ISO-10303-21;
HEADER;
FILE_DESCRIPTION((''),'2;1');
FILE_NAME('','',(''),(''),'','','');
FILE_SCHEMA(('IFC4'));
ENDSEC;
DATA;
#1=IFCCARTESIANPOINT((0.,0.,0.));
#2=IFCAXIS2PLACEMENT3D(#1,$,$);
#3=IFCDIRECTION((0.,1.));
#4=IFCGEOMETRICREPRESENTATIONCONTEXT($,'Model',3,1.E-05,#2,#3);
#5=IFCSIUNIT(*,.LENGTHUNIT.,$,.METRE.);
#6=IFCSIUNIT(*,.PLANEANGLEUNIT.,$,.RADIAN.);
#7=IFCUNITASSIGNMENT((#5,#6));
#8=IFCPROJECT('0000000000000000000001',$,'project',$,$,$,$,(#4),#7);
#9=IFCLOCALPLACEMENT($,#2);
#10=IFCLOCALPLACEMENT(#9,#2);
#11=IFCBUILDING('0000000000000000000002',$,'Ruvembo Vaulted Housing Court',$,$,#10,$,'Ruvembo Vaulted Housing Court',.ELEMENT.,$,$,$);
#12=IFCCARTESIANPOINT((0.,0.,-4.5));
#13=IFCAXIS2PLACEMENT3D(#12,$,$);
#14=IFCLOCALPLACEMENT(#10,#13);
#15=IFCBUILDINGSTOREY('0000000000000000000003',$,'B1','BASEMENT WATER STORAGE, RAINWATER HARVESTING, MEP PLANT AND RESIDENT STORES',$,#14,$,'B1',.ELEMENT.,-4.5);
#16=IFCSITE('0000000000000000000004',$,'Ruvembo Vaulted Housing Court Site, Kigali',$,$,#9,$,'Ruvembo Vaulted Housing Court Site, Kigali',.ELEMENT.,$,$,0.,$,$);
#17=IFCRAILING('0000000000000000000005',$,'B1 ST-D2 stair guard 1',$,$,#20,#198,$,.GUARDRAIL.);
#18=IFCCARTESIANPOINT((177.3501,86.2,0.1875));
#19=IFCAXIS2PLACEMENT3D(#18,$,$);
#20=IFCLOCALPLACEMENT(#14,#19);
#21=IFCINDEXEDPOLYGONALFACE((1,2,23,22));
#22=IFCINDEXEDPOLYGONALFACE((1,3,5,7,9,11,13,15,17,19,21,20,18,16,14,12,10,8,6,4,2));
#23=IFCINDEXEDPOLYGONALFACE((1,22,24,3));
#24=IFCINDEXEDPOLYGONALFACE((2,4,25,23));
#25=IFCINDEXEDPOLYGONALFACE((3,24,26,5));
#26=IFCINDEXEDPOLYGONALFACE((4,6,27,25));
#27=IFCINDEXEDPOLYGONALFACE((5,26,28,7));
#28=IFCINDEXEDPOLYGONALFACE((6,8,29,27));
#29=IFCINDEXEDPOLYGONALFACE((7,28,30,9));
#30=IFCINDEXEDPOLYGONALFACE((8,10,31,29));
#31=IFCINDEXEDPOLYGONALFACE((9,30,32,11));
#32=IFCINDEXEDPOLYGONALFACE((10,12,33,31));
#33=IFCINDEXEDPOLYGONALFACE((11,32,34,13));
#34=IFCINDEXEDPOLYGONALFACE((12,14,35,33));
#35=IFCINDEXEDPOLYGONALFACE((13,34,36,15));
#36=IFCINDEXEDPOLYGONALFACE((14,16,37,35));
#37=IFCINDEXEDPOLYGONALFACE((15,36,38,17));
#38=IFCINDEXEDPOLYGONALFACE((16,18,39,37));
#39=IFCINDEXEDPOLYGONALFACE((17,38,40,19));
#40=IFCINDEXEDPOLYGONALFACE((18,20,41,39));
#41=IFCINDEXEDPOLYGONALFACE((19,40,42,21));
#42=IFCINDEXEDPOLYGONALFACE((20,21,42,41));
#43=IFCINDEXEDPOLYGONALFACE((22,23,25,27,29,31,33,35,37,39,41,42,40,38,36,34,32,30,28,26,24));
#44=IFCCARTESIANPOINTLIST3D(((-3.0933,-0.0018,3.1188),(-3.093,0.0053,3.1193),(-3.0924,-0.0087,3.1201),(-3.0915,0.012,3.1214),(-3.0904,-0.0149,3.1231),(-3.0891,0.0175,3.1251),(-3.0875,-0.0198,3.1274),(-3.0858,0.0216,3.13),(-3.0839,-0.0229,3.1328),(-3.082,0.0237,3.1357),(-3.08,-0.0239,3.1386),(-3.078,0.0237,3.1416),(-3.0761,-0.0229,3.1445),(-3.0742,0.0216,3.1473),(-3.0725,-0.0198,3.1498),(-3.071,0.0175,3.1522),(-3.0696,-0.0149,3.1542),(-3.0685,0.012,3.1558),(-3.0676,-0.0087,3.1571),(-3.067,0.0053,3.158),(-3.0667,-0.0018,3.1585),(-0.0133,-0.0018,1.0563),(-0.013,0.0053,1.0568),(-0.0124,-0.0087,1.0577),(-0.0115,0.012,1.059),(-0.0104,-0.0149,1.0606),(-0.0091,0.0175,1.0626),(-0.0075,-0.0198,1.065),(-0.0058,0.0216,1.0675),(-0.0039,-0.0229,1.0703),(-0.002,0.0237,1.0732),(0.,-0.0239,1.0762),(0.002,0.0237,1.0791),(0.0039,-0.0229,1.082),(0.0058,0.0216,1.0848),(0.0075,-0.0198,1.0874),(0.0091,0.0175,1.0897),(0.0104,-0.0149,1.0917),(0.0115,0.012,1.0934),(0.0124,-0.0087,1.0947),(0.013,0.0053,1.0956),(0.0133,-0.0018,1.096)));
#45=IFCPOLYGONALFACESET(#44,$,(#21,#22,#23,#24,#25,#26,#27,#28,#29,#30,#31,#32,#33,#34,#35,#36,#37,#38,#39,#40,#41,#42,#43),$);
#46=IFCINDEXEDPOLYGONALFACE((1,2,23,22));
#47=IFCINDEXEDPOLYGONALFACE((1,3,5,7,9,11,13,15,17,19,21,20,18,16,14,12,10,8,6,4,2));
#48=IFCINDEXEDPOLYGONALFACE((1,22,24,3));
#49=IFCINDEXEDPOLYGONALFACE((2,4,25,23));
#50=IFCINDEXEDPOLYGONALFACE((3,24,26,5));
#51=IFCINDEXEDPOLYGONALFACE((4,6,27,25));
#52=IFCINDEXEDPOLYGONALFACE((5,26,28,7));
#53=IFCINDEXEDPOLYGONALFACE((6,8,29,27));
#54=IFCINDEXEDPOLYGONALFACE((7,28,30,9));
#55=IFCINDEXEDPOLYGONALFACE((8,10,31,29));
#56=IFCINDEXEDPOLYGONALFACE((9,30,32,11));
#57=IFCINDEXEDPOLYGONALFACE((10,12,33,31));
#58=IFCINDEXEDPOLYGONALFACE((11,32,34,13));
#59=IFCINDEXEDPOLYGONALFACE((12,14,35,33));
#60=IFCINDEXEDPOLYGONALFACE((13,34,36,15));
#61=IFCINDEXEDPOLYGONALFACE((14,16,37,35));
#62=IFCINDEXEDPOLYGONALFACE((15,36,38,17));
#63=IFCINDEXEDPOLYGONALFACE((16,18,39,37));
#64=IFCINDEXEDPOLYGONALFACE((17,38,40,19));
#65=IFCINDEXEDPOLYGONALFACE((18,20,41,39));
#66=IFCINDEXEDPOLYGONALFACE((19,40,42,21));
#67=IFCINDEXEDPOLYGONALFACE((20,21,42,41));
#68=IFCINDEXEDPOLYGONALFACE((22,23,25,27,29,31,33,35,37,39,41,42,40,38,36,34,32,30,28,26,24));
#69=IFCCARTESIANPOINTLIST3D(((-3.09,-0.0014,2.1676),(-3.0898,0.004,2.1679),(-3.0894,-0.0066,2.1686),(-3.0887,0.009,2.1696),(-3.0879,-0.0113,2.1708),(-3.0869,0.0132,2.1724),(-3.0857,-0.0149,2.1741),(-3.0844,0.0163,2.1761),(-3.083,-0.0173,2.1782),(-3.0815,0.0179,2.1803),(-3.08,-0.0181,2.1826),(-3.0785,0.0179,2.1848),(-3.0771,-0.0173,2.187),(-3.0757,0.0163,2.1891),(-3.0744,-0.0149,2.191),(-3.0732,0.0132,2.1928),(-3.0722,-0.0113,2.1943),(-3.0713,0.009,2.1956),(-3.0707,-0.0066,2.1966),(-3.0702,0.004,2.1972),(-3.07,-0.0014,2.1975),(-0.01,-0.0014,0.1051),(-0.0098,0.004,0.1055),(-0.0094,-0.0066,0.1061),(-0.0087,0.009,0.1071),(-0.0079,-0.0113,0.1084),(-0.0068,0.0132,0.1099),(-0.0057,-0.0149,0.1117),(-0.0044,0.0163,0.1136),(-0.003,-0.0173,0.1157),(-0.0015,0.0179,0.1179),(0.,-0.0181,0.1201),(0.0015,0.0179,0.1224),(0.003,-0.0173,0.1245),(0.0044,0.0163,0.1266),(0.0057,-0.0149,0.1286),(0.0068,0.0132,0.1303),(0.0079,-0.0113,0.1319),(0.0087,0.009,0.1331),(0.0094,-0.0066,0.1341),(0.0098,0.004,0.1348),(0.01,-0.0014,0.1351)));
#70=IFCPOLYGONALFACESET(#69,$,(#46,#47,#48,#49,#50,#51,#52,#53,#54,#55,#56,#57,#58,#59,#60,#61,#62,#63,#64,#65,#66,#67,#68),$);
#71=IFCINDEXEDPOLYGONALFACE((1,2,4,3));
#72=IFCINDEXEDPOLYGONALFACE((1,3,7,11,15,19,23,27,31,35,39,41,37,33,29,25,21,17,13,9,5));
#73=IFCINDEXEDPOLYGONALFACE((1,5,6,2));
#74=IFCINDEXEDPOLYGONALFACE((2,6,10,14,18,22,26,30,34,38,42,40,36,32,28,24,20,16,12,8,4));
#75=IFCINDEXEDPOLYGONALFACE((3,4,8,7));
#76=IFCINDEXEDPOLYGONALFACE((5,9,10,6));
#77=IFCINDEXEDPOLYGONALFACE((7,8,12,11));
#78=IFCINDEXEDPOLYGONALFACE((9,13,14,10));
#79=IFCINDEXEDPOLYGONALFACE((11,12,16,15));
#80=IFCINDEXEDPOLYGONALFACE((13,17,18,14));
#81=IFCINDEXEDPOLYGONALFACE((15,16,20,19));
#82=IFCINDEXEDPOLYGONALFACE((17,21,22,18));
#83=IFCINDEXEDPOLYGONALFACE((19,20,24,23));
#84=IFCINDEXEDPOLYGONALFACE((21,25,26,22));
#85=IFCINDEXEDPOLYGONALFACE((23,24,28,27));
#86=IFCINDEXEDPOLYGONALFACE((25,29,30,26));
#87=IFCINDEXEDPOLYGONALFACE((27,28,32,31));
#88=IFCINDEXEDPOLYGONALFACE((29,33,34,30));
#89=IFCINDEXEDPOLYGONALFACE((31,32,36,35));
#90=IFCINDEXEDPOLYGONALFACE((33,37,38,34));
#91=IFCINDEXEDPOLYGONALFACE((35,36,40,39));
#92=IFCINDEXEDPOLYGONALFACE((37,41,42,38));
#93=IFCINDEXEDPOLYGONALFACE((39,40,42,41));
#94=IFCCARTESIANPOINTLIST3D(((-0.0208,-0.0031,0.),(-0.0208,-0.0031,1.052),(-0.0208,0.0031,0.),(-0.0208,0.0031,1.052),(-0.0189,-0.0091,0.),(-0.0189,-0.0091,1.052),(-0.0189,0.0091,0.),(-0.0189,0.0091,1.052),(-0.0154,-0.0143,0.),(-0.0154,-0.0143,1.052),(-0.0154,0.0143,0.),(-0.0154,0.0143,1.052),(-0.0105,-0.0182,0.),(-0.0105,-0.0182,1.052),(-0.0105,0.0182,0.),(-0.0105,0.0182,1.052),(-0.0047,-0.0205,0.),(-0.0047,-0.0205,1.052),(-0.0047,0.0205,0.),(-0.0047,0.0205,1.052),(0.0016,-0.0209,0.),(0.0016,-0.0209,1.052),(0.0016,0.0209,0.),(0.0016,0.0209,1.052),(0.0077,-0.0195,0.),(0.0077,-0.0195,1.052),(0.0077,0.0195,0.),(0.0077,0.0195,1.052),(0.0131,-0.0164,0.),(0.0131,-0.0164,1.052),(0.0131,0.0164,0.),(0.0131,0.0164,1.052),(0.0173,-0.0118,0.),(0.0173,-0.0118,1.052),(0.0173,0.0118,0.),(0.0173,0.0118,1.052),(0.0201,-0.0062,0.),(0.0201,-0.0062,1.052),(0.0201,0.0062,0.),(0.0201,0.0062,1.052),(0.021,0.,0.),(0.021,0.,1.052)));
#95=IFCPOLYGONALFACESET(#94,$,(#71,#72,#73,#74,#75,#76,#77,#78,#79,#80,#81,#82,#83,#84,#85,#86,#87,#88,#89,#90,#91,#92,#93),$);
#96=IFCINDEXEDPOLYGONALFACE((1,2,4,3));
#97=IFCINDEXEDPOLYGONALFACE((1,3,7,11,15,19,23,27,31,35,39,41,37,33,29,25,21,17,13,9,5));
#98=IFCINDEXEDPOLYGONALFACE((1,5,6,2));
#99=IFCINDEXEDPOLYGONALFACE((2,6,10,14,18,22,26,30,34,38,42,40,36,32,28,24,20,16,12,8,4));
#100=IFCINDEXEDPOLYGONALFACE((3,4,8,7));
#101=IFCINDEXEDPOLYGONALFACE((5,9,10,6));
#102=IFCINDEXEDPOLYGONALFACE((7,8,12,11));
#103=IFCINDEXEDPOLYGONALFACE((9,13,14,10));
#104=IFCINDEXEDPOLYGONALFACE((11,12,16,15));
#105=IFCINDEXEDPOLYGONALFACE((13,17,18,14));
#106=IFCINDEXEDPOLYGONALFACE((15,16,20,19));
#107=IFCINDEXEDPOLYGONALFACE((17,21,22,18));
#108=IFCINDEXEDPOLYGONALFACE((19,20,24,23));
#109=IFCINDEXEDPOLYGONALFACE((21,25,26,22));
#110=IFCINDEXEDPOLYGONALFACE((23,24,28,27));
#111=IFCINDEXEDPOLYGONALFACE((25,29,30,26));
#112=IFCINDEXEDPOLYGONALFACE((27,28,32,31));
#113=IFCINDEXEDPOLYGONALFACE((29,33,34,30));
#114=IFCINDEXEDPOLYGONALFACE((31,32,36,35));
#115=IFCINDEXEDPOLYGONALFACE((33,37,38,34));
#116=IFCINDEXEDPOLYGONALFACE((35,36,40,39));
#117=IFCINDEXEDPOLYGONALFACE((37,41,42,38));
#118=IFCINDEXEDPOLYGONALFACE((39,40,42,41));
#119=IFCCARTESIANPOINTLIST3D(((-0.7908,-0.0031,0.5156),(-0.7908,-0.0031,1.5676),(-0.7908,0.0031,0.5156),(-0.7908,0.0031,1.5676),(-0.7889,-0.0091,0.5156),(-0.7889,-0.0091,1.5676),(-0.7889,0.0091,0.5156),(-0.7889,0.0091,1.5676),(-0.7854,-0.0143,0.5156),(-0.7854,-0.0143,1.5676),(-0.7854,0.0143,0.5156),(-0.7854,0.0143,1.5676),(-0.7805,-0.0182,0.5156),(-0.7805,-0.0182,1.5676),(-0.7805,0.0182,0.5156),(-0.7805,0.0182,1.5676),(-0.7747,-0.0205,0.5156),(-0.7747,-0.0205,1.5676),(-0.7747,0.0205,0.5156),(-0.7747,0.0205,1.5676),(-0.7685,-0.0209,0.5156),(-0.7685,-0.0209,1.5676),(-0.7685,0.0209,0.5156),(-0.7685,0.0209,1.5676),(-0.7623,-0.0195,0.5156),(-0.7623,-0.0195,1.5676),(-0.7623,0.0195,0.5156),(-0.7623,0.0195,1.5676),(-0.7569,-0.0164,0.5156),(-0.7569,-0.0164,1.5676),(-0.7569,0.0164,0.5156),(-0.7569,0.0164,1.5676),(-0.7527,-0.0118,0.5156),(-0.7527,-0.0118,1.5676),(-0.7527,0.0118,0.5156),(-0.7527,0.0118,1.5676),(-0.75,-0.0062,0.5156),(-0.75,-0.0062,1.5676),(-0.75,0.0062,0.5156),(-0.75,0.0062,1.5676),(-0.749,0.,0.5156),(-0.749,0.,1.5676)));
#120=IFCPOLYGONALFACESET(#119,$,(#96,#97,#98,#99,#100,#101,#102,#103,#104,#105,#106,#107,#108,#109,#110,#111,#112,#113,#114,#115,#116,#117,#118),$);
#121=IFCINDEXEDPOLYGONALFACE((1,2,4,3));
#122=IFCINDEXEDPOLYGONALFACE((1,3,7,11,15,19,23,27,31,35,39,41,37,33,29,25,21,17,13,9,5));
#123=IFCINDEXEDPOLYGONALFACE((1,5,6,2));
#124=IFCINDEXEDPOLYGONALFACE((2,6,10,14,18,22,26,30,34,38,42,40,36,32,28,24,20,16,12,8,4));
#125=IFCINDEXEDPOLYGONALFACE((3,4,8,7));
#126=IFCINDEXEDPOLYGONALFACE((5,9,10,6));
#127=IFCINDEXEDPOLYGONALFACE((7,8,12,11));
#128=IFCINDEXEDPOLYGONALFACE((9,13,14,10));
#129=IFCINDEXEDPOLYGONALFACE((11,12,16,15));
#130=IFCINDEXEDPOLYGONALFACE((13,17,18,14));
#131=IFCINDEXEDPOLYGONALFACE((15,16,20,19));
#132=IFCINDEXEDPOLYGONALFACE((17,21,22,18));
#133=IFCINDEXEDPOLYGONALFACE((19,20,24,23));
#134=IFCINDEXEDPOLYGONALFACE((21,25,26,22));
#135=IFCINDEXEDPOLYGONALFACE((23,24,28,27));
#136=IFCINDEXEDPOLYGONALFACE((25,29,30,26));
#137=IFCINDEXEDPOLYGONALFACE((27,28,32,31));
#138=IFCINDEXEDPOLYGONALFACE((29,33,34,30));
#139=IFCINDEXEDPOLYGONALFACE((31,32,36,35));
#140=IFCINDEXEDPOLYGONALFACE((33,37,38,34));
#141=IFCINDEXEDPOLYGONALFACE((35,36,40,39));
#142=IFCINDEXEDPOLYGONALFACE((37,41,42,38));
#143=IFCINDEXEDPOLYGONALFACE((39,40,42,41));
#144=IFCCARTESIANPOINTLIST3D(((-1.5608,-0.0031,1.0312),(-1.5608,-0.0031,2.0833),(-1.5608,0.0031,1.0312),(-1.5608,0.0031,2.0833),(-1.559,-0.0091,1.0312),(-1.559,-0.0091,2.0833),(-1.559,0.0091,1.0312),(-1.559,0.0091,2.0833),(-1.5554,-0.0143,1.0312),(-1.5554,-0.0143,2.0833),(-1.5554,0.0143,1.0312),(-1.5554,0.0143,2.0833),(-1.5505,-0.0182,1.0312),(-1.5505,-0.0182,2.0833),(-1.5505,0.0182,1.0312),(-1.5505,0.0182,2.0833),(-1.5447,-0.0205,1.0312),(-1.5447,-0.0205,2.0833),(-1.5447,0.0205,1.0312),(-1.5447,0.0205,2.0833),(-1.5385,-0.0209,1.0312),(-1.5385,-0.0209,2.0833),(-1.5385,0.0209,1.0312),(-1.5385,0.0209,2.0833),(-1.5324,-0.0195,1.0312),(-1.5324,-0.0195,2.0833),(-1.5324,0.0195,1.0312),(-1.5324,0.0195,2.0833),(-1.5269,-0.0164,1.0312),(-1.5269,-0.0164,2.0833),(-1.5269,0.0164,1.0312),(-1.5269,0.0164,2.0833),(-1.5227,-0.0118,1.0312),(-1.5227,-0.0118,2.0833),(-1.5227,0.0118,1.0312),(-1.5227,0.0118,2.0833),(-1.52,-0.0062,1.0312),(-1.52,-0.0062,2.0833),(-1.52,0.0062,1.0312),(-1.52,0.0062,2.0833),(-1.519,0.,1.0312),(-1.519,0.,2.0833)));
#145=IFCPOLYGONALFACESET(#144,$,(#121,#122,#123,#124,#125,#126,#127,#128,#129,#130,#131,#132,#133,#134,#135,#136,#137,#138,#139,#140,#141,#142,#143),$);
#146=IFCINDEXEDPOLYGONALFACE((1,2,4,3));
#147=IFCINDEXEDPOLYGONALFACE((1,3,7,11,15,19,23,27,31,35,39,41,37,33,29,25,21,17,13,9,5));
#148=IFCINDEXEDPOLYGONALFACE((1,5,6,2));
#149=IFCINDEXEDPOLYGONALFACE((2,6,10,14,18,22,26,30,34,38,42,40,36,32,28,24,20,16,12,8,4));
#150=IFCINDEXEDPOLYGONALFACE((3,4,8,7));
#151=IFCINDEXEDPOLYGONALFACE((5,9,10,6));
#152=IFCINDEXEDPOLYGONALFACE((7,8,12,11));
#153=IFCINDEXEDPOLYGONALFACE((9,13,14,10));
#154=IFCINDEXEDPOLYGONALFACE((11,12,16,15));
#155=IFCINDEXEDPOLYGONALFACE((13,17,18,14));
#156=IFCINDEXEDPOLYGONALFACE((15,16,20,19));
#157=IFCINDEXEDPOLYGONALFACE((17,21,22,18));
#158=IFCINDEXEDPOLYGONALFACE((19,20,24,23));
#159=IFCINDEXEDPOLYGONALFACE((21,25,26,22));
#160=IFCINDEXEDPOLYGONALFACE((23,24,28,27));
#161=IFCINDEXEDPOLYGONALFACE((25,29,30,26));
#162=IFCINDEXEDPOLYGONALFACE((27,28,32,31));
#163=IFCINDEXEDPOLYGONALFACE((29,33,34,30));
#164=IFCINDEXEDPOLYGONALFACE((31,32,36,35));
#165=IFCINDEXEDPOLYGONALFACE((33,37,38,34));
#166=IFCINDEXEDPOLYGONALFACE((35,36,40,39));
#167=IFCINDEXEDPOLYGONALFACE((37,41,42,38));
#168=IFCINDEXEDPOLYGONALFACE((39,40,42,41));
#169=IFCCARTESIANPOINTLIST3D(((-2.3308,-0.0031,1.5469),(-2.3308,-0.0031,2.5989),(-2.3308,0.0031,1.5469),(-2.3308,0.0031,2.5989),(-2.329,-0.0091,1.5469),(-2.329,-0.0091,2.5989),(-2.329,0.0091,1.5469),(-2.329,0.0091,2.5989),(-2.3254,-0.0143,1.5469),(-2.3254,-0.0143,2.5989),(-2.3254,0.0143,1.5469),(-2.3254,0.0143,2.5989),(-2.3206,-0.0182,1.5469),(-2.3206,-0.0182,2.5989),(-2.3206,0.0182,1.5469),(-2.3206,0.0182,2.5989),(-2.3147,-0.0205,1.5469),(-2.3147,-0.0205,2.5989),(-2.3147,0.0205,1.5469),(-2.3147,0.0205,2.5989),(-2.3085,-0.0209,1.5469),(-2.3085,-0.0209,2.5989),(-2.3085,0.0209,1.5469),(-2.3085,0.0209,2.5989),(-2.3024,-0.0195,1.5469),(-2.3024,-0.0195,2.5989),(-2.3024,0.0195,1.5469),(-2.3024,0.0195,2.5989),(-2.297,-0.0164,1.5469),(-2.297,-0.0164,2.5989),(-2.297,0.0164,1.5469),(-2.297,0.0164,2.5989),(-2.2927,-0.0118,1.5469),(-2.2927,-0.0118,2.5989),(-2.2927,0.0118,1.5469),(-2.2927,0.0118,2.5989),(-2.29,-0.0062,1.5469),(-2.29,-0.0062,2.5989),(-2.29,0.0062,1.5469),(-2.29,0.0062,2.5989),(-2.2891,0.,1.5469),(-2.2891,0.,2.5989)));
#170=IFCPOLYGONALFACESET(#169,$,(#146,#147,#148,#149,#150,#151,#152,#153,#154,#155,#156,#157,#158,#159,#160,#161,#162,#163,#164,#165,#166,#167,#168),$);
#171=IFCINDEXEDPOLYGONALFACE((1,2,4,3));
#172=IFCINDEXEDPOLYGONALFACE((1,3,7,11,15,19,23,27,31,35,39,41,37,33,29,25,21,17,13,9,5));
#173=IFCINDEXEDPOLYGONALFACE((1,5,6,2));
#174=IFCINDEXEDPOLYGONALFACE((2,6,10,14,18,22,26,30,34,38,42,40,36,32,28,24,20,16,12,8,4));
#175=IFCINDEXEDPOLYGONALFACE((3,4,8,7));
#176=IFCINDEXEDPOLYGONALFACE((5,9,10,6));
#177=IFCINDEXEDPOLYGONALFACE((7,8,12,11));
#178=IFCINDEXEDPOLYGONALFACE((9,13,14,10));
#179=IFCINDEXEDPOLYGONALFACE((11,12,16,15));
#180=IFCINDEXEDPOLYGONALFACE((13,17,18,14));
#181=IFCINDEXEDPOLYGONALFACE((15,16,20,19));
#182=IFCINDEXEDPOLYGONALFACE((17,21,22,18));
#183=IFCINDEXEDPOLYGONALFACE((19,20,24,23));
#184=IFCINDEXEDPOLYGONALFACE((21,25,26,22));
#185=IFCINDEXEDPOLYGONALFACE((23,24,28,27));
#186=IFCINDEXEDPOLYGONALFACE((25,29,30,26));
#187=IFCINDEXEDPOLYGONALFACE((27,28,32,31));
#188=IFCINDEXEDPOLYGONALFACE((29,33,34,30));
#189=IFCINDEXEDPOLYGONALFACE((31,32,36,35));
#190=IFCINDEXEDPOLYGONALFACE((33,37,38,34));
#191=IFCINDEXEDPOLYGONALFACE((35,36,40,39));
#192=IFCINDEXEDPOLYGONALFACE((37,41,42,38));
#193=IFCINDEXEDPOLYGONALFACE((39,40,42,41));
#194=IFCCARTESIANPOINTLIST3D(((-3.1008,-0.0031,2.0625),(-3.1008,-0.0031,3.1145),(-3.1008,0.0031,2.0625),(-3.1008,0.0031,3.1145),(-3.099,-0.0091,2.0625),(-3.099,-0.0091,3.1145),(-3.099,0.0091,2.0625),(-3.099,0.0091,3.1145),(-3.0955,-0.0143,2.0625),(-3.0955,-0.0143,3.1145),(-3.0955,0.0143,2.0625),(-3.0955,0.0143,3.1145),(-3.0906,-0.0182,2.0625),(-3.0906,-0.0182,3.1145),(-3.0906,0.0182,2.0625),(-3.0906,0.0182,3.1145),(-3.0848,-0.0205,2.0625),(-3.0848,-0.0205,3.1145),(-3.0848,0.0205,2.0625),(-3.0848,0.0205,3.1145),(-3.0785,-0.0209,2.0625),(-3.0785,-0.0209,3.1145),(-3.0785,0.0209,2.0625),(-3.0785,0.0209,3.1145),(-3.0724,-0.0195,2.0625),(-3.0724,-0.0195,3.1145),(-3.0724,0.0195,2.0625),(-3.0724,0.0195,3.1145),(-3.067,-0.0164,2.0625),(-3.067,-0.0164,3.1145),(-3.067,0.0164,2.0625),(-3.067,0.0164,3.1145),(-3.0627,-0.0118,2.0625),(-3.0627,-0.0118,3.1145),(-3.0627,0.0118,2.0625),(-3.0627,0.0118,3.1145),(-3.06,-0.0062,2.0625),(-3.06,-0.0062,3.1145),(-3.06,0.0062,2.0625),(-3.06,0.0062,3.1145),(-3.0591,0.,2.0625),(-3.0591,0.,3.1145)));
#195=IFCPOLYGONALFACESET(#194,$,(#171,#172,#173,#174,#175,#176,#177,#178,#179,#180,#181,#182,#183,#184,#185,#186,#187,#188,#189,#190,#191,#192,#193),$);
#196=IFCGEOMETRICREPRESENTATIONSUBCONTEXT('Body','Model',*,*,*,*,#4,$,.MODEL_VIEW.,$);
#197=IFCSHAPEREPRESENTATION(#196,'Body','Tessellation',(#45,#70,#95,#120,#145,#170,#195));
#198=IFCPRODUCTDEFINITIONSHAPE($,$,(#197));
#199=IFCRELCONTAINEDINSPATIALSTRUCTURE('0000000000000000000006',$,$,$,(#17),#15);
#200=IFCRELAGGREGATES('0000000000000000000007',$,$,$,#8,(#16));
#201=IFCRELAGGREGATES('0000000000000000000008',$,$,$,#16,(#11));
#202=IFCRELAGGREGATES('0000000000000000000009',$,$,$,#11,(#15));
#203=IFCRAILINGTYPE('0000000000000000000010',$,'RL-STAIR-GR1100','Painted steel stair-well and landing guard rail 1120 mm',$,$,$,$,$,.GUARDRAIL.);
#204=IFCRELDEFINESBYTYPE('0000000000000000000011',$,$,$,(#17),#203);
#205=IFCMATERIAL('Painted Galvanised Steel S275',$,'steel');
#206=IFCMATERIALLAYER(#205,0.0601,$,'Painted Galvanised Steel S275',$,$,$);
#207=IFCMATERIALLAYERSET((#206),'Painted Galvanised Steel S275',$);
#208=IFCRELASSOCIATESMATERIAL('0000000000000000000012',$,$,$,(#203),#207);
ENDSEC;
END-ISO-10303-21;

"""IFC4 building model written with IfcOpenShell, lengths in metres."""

from ifc_helpers import new_model, si_unit, direction, frame, origin, origin_2d, place, context, subcontext, project, spatial, circle, extrude, material, layer, layer_set, type_object, element, save


model = new_model("IFC4")

# Units and contexts
model_context = context("Model", 3, precision=1e-05, world=origin(), true_north=direction((0.0, 1.0)))
body_context = subcontext(model_context, "Body", "Model", "MODEL_VIEW")
ifc_project = project(units=[si_unit("LENGTHUNIT", "METRE"), si_unit("PLANEANGLEUNIT", "RADIAN")], contexts=[model_context])

# Site, building, storey
site_placement = place(None, origin())
site = spatial("IfcSite", under=ifc_project, at=site_placement, Name="Ruvembo Vaulted Housing Court Site, Kigali", LongName="Ruvembo Vaulted Housing Court Site, Kigali", CompositionType="ELEMENT", RefElevation=0.0)
building_placement = place(site_placement, origin())
building = spatial("IfcBuilding", under=site, at=building_placement, Name="Ruvembo Vaulted Housing Court", LongName="Ruvembo Vaulted Housing Court", CompositionType="ELEMENT")
storey_placement = place(building_placement, frame((0.0, 0.0, -4.5)))
storey = spatial("IfcBuildingStorey", under=building, at=storey_placement, Name="B1", Description="BASEMENT WATER STORAGE, RAINWATER HARVESTING, MEP PLANT AND RESIDENT STORES", LongName="B1", CompositionType="ELEMENT", Elevation=-4.5)

# Railing
ifc_material_1 = material(Name="Painted Galvanised Steel S275", Category="steel")
ifc_layer_1 = layer(ifc_material_1, 0.0601, Name="Painted Galvanised Steel S275")
ifc_layer_set_1 = layer_set([ifc_layer_1], Name="Painted Galvanised Steel S275")
railing_type_1 = type_object("IfcRailingType", Name="RL-STAIR-GR1100", Description="Painted steel stair-well and landing guard rail 1120 mm", PredefinedType="GUARDRAIL", material=ifc_layer_set_1)
railing_1_placement = place(storey_placement, frame((177.3501, 86.2, 0.1875)))
element("IfcRailing", 1, at=railing_1_placement, inside=storey, type_object=railing_type_1, Name="B1 ST-D2 stair guard 1", PredefinedType="GUARDRAIL", context=body_context, shape_type="SweptSolid", body=[
    extrude(circle(Radius=0.0239, at=origin_2d()), frame((0.0, 0.0, 1.0762), z_axis=(-0.830914, 0.0, 0.556401), x_axis=(0.0, -1.0, 0.0)), (0.0, 0.0, 1.0), 3.7068),
    extrude(circle(Radius=0.0181, at=origin_2d()), frame((0.0, 0.0, 0.1201), z_axis=(-0.830914, 0.0, 0.556401), x_axis=(0.0, -1.0, 0.0)), (0.0, 0.0, 1.0), 3.7068),
    extrude(circle(Radius=0.021, at=origin_2d()), origin(), (0.0, 0.0, 1.0), 1.052),
    extrude(circle(Radius=0.021, at=origin_2d()), frame((-0.77, 0.0, 0.5156)), (0.0, 0.0, 1.0), 1.052),
    extrude(circle(Radius=0.021, at=origin_2d()), frame((-1.54, 0.0, 1.0312)), (0.0, 0.0, 1.0), 1.052),
    extrude(circle(Radius=0.021, at=origin_2d()), frame((-2.3101, 0.0, 1.5469)), (0.0, 0.0, 1.0), 1.052),
    extrude(circle(Radius=0.021, at=origin_2d()), frame((-3.0801, 0.0, 2.0625)), (0.0, 0.0, 1.0), 1.052),
])

save(model, "model.ifc")
